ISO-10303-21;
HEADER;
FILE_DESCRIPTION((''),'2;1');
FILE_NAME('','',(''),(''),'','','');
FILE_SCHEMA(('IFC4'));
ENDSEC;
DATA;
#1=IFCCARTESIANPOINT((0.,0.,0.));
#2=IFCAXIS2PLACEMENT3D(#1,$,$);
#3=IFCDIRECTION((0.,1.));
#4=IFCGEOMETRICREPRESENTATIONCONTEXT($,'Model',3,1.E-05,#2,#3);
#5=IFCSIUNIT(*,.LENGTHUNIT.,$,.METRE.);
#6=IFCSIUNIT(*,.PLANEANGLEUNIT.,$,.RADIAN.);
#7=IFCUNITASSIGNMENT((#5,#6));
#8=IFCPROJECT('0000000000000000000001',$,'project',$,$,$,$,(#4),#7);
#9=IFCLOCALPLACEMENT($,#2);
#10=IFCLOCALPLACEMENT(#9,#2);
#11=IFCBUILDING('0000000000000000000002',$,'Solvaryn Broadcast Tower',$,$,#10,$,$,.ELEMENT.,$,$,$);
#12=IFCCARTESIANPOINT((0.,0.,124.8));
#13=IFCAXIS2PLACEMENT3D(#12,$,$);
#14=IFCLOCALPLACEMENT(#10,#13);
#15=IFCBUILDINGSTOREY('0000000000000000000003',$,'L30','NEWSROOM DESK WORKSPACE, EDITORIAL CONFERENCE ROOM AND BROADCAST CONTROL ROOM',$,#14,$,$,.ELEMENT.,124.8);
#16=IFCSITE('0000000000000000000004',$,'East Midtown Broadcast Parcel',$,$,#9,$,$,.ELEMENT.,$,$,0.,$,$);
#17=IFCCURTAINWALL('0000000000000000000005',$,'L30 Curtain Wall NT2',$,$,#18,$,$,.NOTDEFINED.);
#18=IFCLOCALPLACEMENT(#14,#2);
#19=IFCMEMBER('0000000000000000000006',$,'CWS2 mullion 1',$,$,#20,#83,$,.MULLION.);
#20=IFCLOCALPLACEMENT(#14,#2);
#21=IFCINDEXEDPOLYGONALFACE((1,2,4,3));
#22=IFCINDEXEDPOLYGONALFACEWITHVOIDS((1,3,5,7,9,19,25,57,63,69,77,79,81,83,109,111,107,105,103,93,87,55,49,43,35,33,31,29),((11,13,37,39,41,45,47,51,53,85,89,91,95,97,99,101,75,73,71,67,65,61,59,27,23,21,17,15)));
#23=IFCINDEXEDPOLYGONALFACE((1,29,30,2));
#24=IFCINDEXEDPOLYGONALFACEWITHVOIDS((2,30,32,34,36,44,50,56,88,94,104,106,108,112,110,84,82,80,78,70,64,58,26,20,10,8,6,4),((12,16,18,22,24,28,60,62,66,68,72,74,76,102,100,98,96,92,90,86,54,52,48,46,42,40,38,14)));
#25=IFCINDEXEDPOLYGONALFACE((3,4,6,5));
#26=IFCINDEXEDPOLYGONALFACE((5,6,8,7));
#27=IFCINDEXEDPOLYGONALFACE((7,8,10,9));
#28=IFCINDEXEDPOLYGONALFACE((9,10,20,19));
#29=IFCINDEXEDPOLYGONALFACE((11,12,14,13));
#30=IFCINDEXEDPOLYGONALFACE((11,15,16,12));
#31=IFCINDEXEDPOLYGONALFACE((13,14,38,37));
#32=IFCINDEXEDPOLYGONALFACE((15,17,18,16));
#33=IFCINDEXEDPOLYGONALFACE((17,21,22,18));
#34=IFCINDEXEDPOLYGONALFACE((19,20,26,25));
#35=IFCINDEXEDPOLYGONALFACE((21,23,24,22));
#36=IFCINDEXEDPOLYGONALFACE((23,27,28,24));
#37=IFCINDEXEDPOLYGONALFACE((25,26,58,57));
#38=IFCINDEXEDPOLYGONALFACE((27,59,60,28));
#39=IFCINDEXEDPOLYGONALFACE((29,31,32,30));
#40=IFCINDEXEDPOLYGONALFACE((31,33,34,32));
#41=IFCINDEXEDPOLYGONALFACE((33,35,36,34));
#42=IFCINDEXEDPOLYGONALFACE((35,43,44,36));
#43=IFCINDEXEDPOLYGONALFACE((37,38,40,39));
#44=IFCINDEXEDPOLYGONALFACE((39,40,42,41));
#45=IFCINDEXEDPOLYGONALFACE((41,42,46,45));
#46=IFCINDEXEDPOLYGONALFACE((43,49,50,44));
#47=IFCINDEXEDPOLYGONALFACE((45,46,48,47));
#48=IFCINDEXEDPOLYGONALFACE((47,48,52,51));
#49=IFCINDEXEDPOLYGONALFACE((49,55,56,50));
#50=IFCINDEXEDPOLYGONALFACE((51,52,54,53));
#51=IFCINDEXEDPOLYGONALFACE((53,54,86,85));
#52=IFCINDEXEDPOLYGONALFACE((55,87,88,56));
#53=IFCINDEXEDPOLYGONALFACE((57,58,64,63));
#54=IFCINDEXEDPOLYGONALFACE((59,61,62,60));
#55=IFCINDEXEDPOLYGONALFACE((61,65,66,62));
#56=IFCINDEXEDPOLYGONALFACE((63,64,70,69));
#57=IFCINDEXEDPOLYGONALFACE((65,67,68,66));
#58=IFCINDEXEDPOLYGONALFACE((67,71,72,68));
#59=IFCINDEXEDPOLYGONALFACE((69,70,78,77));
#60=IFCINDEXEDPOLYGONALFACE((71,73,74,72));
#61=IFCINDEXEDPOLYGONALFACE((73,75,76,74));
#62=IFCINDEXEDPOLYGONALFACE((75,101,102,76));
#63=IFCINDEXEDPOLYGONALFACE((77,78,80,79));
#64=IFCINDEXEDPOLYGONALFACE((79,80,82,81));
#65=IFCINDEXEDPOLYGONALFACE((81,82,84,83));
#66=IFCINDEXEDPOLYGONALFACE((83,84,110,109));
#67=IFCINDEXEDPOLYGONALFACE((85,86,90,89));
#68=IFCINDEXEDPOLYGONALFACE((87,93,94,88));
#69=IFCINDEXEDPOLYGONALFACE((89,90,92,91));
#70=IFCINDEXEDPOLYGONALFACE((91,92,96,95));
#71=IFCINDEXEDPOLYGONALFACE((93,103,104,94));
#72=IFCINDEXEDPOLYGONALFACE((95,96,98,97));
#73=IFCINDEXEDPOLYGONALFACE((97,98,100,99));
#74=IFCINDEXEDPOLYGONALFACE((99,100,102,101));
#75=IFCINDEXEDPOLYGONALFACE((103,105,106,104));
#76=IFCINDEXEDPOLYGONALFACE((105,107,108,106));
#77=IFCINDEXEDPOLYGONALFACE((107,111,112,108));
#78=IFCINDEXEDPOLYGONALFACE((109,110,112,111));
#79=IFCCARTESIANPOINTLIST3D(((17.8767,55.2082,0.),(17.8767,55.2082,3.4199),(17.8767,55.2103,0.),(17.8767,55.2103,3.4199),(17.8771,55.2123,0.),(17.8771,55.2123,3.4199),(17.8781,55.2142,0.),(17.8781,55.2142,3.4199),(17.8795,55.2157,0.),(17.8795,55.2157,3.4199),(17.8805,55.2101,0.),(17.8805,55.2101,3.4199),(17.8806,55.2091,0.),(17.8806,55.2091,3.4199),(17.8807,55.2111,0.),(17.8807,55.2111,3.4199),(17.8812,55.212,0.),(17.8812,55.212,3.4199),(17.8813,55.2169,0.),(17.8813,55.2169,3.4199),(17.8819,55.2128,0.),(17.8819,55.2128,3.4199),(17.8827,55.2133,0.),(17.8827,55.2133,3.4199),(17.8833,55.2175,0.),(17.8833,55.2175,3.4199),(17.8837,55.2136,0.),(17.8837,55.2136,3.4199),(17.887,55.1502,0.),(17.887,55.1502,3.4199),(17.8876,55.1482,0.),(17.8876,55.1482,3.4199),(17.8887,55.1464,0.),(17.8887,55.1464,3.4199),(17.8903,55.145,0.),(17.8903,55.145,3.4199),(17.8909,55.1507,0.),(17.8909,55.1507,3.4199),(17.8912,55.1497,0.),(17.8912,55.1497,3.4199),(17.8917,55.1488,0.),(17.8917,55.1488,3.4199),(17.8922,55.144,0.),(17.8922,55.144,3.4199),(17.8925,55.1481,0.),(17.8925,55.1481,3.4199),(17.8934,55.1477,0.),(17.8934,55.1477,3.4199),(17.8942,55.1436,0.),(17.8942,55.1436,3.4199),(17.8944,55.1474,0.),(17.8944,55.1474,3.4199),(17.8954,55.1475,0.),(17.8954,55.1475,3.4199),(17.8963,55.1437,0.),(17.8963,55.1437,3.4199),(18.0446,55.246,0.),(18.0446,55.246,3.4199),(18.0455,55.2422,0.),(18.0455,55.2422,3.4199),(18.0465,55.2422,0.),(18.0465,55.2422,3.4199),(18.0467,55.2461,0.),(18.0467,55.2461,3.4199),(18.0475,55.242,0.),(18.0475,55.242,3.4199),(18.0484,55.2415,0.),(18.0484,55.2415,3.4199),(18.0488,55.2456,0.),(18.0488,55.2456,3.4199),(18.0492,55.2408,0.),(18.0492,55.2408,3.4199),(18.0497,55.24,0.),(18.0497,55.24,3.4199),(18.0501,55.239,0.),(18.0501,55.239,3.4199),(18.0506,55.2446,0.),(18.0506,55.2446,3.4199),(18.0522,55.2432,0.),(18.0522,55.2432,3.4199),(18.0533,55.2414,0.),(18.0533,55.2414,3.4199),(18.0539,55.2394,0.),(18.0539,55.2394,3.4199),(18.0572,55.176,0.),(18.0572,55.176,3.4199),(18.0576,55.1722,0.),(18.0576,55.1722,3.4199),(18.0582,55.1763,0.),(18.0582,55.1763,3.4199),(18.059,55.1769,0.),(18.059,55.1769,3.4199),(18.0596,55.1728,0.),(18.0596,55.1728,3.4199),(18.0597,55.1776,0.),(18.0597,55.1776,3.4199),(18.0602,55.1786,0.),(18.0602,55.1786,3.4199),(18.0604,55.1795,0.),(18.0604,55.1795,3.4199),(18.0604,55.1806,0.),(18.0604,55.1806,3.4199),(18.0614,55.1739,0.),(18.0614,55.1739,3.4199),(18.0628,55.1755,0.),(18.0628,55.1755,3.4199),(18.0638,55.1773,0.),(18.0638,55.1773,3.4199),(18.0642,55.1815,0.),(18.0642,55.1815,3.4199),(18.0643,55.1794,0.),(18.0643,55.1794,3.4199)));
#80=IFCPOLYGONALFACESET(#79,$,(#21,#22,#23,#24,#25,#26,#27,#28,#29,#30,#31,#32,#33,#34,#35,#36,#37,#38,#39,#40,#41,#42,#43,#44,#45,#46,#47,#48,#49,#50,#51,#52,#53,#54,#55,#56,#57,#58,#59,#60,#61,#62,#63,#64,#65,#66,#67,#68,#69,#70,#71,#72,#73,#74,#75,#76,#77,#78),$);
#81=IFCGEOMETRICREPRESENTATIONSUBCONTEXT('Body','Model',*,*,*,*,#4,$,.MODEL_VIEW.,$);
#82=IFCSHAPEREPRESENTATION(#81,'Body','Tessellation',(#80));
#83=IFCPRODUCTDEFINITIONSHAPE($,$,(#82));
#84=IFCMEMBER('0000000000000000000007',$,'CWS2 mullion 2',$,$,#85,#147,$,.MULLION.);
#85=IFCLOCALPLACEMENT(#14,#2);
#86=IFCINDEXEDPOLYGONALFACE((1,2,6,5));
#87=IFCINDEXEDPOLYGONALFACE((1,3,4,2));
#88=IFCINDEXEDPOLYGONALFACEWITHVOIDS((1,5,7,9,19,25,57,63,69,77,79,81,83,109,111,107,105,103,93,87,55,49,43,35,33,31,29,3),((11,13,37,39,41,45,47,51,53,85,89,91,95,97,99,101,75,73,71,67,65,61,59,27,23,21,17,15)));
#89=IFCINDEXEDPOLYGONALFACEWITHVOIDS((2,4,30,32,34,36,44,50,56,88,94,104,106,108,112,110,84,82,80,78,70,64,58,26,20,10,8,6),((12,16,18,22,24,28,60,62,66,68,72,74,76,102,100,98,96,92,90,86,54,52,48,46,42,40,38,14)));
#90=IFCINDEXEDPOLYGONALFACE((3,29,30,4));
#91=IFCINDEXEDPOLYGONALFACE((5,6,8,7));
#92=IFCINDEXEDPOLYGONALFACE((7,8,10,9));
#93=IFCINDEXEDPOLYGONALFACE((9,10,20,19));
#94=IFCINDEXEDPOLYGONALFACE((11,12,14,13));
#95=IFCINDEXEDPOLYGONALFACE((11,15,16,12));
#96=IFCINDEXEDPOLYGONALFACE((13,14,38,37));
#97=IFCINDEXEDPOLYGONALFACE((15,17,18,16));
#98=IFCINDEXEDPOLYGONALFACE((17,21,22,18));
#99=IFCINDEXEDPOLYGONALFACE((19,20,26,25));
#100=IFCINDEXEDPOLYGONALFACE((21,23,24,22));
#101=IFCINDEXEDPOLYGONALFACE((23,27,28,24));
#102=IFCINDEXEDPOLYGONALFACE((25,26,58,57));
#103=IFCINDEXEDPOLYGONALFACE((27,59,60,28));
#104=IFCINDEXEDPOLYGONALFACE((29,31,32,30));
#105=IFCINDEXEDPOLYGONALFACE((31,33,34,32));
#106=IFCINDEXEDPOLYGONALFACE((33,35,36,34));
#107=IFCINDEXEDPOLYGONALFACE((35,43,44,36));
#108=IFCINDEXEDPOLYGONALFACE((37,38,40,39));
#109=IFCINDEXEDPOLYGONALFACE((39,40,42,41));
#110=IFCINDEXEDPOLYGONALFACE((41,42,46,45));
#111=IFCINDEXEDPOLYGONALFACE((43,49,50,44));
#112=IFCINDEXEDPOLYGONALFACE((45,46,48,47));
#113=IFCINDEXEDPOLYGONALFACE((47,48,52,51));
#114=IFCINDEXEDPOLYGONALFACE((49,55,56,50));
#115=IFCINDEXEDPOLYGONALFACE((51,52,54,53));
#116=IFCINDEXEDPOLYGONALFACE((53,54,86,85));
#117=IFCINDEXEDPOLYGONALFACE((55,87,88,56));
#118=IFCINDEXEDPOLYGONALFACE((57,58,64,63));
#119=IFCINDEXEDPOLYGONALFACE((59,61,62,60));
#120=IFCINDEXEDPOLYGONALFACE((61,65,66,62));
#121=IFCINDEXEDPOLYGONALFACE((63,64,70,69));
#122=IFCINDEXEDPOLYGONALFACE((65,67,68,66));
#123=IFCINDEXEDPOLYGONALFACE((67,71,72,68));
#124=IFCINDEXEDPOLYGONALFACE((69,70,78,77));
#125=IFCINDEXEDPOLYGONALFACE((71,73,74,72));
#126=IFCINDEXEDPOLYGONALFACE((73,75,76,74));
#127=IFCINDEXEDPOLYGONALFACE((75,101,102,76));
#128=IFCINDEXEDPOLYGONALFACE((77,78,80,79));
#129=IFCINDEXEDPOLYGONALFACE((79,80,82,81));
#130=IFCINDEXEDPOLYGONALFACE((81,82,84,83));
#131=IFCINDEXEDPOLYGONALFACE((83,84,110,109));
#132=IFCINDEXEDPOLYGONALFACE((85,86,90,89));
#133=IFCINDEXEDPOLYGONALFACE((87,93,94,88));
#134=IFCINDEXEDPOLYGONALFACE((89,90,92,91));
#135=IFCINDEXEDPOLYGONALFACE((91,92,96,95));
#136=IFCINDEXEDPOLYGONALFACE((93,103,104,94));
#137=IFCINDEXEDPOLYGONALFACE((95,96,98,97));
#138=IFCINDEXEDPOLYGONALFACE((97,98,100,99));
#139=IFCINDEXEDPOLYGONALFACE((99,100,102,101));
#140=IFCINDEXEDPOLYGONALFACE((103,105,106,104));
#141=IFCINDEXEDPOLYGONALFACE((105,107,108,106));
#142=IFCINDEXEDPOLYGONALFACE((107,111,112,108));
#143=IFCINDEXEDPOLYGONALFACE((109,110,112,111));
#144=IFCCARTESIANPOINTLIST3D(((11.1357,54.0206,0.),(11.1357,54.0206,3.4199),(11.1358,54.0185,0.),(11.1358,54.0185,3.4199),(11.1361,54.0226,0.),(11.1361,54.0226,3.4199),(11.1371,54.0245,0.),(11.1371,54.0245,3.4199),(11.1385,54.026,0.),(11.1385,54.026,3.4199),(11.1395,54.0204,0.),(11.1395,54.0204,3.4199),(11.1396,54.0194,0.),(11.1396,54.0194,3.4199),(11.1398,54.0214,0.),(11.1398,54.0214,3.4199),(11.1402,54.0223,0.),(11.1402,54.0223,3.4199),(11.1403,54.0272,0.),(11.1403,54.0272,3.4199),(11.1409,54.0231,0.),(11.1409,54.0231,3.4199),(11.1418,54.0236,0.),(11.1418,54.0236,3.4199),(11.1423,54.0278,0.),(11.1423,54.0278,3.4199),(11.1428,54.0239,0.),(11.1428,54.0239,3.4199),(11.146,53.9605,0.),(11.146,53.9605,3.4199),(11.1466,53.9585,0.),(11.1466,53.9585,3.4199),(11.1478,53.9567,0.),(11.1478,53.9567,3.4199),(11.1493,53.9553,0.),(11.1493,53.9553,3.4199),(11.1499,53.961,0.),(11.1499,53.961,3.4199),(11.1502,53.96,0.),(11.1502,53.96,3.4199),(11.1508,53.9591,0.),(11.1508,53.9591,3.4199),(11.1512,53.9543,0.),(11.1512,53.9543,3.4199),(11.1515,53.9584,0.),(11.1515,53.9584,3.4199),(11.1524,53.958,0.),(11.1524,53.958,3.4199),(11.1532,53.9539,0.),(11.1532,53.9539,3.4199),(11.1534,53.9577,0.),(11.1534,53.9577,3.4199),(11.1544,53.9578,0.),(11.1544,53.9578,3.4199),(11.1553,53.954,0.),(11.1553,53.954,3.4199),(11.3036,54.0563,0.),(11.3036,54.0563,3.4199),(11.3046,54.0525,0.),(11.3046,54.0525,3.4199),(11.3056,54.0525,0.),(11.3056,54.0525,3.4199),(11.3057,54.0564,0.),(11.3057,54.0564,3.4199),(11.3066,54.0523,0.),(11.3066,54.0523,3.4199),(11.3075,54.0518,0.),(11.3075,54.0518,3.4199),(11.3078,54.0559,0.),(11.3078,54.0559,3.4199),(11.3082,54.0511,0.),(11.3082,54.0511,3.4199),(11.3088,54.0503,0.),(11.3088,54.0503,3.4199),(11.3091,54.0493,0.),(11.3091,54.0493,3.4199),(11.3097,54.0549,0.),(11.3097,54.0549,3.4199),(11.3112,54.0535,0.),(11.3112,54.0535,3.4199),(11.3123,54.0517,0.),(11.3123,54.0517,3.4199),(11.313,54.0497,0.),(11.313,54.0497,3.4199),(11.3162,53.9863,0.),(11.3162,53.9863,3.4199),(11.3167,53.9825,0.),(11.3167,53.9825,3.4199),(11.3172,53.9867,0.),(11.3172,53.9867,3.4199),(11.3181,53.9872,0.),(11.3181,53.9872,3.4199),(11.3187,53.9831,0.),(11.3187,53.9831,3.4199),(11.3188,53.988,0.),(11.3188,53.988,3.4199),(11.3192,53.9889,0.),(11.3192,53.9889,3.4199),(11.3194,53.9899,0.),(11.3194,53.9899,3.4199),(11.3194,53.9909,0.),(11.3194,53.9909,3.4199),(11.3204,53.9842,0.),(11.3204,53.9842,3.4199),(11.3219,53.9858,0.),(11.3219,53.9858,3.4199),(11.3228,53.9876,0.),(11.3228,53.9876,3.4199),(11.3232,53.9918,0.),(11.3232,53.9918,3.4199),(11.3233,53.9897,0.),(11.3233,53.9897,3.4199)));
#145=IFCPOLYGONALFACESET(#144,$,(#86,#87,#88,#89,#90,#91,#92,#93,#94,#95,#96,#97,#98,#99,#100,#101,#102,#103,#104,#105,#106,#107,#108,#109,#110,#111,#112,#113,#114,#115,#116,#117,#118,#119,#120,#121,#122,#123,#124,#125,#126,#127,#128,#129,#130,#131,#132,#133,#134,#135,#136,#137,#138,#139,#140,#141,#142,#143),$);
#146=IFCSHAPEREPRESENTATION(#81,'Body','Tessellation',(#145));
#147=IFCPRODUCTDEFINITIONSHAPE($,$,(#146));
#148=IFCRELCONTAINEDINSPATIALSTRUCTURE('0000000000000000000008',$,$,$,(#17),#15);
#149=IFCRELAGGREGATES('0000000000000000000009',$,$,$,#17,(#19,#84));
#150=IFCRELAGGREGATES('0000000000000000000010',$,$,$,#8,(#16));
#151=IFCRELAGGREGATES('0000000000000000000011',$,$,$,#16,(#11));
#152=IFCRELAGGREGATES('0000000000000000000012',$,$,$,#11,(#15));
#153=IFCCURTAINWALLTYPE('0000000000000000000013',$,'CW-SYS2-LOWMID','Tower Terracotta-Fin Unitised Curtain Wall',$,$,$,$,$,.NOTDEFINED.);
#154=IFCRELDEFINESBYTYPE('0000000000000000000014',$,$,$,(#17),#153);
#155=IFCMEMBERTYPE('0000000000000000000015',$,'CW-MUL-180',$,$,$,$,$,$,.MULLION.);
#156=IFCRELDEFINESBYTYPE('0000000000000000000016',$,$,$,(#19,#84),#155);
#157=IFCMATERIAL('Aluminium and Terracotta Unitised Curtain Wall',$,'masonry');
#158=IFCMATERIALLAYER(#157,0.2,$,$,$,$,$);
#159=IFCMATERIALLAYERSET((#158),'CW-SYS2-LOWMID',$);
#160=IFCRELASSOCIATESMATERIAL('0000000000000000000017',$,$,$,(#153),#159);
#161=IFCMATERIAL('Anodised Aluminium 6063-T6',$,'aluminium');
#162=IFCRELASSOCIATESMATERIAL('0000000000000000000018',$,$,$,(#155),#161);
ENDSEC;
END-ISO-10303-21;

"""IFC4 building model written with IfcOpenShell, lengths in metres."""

from ifc_helpers import new_model, si_unit, direction, frame, origin, origin_2d, place, context, subcontext, project, spatial, hollow_rectangle, extrude, material, layer, layer_set, material_profile, profile_set, type_object, element, aggregate, save


model = new_model("IFC4")

# Units and contexts
model_context = context("Model", 3, precision=1e-05, world=origin(), true_north=direction((0.0, 1.0)))
body_context = subcontext(model_context, "Body", "Model", "MODEL_VIEW")
ifc_project = project(units=[si_unit("LENGTHUNIT", "METRE"), si_unit("PLANEANGLEUNIT", "RADIAN")], contexts=[model_context])

# Site, building, storey
site_placement = place(None, origin())
site = spatial("IfcSite", under=ifc_project, at=site_placement, Name="East Midtown Broadcast Parcel", CompositionType="ELEMENT", RefElevation=0.0)
building_placement = place(site_placement, origin())
building = spatial("IfcBuilding", under=site, at=building_placement, Name="Solvaryn Broadcast Tower", CompositionType="ELEMENT")
storey_placement = place(building_placement, frame((0.0, 0.0, 124.8)))
storey = spatial("IfcBuildingStorey", under=building, at=storey_placement, Name="L30", Description="NEWSROOM DESK WORKSPACE, EDITORIAL CONFERENCE ROOM AND BROADCAST CONTROL ROOM", CompositionType="ELEMENT", Elevation=124.8)

# Shared definitions
ifc_material_1 = material(Name="Aluminium and Terracotta Unitised Curtain Wall", Category="masonry")
ifc_layer_1 = layer(ifc_material_1, 0.2)
ifc_layer_set_1 = layer_set([ifc_layer_1], Name="CW-SYS2-LOWMID")
curtain_wall_type = type_object("IfcCurtainWallType", Name="CW-SYS2-LOWMID", Description="Tower Terracotta-Fin Unitised Curtain Wall", PredefinedType="NOTDEFINED", material=ifc_layer_set_1)
ifc_material_2 = material(Name="Anodised Aluminium 6063-T6", Category="aluminium")
ifc_material_profile_1 = material_profile(ifc_material_2, hollow_rectangle(XDim=0.075, YDim=0.1799, WallThickness=0.0039, InnerFilletRadius=0.0039, OuterFilletRadius=0.0081, at=origin_2d()))
ifc_profile_set_1 = profile_set([ifc_material_profile_1], Name="Anodised Aluminium 6063-T6")
member_type_1 = type_object("IfcMemberType", Name="CW-MUL-180", PredefinedType="MULLION", material=ifc_profile_set_1)

# Curtain wall, members
curtain_wall_1_placement = place(storey_placement, origin())
curtain_wall_1 = element("IfcCurtainWall", 1, at=curtain_wall_1_placement, inside=storey, type_object=curtain_wall_type, Name="L30 Curtain Wall NT2", PredefinedType="NOTDEFINED")
member_1_placement = place(storey_placement, frame((17.9705, 55.1948, 0.0), z_axis=(0.0, 0.0, 1.0), x_axis=(0.173785, -0.984784, 0.0)))
member_1 = element("IfcMember", 2, at=member_1_placement, type_object=member_type_1, Name="CWS2 mullion 1", PredefinedType="MULLION", context=body_context, shape_type="SweptSolid", body=[
    extrude(hollow_rectangle(XDim=0.075, YDim=0.1799, WallThickness=0.0039, InnerFilletRadius=0.0039, OuterFilletRadius=0.0081, at=origin_2d()), origin(), (0.0, 0.0, 1.0), 3.4199),
])
member_2_placement = place(storey_placement, frame((11.2295, 54.0051, 0.0), z_axis=(0.0, 0.0, 1.0), x_axis=(0.173785, -0.984784, 0.0)))
member_2 = element("IfcMember", 3, at=member_2_placement, type_object=member_type_1, Name="CWS2 mullion 2", PredefinedType="MULLION", context=body_context, shape_type="SweptSolid", body=[
    extrude(hollow_rectangle(XDim=0.075, YDim=0.1799, WallThickness=0.0039, InnerFilletRadius=0.0039, OuterFilletRadius=0.0081, at=origin_2d()), origin(), (0.0, 0.0, 1.0), 3.4199),
])

aggregate(curtain_wall_1, [member_1, member_2])

save(model, "model.ifc")
